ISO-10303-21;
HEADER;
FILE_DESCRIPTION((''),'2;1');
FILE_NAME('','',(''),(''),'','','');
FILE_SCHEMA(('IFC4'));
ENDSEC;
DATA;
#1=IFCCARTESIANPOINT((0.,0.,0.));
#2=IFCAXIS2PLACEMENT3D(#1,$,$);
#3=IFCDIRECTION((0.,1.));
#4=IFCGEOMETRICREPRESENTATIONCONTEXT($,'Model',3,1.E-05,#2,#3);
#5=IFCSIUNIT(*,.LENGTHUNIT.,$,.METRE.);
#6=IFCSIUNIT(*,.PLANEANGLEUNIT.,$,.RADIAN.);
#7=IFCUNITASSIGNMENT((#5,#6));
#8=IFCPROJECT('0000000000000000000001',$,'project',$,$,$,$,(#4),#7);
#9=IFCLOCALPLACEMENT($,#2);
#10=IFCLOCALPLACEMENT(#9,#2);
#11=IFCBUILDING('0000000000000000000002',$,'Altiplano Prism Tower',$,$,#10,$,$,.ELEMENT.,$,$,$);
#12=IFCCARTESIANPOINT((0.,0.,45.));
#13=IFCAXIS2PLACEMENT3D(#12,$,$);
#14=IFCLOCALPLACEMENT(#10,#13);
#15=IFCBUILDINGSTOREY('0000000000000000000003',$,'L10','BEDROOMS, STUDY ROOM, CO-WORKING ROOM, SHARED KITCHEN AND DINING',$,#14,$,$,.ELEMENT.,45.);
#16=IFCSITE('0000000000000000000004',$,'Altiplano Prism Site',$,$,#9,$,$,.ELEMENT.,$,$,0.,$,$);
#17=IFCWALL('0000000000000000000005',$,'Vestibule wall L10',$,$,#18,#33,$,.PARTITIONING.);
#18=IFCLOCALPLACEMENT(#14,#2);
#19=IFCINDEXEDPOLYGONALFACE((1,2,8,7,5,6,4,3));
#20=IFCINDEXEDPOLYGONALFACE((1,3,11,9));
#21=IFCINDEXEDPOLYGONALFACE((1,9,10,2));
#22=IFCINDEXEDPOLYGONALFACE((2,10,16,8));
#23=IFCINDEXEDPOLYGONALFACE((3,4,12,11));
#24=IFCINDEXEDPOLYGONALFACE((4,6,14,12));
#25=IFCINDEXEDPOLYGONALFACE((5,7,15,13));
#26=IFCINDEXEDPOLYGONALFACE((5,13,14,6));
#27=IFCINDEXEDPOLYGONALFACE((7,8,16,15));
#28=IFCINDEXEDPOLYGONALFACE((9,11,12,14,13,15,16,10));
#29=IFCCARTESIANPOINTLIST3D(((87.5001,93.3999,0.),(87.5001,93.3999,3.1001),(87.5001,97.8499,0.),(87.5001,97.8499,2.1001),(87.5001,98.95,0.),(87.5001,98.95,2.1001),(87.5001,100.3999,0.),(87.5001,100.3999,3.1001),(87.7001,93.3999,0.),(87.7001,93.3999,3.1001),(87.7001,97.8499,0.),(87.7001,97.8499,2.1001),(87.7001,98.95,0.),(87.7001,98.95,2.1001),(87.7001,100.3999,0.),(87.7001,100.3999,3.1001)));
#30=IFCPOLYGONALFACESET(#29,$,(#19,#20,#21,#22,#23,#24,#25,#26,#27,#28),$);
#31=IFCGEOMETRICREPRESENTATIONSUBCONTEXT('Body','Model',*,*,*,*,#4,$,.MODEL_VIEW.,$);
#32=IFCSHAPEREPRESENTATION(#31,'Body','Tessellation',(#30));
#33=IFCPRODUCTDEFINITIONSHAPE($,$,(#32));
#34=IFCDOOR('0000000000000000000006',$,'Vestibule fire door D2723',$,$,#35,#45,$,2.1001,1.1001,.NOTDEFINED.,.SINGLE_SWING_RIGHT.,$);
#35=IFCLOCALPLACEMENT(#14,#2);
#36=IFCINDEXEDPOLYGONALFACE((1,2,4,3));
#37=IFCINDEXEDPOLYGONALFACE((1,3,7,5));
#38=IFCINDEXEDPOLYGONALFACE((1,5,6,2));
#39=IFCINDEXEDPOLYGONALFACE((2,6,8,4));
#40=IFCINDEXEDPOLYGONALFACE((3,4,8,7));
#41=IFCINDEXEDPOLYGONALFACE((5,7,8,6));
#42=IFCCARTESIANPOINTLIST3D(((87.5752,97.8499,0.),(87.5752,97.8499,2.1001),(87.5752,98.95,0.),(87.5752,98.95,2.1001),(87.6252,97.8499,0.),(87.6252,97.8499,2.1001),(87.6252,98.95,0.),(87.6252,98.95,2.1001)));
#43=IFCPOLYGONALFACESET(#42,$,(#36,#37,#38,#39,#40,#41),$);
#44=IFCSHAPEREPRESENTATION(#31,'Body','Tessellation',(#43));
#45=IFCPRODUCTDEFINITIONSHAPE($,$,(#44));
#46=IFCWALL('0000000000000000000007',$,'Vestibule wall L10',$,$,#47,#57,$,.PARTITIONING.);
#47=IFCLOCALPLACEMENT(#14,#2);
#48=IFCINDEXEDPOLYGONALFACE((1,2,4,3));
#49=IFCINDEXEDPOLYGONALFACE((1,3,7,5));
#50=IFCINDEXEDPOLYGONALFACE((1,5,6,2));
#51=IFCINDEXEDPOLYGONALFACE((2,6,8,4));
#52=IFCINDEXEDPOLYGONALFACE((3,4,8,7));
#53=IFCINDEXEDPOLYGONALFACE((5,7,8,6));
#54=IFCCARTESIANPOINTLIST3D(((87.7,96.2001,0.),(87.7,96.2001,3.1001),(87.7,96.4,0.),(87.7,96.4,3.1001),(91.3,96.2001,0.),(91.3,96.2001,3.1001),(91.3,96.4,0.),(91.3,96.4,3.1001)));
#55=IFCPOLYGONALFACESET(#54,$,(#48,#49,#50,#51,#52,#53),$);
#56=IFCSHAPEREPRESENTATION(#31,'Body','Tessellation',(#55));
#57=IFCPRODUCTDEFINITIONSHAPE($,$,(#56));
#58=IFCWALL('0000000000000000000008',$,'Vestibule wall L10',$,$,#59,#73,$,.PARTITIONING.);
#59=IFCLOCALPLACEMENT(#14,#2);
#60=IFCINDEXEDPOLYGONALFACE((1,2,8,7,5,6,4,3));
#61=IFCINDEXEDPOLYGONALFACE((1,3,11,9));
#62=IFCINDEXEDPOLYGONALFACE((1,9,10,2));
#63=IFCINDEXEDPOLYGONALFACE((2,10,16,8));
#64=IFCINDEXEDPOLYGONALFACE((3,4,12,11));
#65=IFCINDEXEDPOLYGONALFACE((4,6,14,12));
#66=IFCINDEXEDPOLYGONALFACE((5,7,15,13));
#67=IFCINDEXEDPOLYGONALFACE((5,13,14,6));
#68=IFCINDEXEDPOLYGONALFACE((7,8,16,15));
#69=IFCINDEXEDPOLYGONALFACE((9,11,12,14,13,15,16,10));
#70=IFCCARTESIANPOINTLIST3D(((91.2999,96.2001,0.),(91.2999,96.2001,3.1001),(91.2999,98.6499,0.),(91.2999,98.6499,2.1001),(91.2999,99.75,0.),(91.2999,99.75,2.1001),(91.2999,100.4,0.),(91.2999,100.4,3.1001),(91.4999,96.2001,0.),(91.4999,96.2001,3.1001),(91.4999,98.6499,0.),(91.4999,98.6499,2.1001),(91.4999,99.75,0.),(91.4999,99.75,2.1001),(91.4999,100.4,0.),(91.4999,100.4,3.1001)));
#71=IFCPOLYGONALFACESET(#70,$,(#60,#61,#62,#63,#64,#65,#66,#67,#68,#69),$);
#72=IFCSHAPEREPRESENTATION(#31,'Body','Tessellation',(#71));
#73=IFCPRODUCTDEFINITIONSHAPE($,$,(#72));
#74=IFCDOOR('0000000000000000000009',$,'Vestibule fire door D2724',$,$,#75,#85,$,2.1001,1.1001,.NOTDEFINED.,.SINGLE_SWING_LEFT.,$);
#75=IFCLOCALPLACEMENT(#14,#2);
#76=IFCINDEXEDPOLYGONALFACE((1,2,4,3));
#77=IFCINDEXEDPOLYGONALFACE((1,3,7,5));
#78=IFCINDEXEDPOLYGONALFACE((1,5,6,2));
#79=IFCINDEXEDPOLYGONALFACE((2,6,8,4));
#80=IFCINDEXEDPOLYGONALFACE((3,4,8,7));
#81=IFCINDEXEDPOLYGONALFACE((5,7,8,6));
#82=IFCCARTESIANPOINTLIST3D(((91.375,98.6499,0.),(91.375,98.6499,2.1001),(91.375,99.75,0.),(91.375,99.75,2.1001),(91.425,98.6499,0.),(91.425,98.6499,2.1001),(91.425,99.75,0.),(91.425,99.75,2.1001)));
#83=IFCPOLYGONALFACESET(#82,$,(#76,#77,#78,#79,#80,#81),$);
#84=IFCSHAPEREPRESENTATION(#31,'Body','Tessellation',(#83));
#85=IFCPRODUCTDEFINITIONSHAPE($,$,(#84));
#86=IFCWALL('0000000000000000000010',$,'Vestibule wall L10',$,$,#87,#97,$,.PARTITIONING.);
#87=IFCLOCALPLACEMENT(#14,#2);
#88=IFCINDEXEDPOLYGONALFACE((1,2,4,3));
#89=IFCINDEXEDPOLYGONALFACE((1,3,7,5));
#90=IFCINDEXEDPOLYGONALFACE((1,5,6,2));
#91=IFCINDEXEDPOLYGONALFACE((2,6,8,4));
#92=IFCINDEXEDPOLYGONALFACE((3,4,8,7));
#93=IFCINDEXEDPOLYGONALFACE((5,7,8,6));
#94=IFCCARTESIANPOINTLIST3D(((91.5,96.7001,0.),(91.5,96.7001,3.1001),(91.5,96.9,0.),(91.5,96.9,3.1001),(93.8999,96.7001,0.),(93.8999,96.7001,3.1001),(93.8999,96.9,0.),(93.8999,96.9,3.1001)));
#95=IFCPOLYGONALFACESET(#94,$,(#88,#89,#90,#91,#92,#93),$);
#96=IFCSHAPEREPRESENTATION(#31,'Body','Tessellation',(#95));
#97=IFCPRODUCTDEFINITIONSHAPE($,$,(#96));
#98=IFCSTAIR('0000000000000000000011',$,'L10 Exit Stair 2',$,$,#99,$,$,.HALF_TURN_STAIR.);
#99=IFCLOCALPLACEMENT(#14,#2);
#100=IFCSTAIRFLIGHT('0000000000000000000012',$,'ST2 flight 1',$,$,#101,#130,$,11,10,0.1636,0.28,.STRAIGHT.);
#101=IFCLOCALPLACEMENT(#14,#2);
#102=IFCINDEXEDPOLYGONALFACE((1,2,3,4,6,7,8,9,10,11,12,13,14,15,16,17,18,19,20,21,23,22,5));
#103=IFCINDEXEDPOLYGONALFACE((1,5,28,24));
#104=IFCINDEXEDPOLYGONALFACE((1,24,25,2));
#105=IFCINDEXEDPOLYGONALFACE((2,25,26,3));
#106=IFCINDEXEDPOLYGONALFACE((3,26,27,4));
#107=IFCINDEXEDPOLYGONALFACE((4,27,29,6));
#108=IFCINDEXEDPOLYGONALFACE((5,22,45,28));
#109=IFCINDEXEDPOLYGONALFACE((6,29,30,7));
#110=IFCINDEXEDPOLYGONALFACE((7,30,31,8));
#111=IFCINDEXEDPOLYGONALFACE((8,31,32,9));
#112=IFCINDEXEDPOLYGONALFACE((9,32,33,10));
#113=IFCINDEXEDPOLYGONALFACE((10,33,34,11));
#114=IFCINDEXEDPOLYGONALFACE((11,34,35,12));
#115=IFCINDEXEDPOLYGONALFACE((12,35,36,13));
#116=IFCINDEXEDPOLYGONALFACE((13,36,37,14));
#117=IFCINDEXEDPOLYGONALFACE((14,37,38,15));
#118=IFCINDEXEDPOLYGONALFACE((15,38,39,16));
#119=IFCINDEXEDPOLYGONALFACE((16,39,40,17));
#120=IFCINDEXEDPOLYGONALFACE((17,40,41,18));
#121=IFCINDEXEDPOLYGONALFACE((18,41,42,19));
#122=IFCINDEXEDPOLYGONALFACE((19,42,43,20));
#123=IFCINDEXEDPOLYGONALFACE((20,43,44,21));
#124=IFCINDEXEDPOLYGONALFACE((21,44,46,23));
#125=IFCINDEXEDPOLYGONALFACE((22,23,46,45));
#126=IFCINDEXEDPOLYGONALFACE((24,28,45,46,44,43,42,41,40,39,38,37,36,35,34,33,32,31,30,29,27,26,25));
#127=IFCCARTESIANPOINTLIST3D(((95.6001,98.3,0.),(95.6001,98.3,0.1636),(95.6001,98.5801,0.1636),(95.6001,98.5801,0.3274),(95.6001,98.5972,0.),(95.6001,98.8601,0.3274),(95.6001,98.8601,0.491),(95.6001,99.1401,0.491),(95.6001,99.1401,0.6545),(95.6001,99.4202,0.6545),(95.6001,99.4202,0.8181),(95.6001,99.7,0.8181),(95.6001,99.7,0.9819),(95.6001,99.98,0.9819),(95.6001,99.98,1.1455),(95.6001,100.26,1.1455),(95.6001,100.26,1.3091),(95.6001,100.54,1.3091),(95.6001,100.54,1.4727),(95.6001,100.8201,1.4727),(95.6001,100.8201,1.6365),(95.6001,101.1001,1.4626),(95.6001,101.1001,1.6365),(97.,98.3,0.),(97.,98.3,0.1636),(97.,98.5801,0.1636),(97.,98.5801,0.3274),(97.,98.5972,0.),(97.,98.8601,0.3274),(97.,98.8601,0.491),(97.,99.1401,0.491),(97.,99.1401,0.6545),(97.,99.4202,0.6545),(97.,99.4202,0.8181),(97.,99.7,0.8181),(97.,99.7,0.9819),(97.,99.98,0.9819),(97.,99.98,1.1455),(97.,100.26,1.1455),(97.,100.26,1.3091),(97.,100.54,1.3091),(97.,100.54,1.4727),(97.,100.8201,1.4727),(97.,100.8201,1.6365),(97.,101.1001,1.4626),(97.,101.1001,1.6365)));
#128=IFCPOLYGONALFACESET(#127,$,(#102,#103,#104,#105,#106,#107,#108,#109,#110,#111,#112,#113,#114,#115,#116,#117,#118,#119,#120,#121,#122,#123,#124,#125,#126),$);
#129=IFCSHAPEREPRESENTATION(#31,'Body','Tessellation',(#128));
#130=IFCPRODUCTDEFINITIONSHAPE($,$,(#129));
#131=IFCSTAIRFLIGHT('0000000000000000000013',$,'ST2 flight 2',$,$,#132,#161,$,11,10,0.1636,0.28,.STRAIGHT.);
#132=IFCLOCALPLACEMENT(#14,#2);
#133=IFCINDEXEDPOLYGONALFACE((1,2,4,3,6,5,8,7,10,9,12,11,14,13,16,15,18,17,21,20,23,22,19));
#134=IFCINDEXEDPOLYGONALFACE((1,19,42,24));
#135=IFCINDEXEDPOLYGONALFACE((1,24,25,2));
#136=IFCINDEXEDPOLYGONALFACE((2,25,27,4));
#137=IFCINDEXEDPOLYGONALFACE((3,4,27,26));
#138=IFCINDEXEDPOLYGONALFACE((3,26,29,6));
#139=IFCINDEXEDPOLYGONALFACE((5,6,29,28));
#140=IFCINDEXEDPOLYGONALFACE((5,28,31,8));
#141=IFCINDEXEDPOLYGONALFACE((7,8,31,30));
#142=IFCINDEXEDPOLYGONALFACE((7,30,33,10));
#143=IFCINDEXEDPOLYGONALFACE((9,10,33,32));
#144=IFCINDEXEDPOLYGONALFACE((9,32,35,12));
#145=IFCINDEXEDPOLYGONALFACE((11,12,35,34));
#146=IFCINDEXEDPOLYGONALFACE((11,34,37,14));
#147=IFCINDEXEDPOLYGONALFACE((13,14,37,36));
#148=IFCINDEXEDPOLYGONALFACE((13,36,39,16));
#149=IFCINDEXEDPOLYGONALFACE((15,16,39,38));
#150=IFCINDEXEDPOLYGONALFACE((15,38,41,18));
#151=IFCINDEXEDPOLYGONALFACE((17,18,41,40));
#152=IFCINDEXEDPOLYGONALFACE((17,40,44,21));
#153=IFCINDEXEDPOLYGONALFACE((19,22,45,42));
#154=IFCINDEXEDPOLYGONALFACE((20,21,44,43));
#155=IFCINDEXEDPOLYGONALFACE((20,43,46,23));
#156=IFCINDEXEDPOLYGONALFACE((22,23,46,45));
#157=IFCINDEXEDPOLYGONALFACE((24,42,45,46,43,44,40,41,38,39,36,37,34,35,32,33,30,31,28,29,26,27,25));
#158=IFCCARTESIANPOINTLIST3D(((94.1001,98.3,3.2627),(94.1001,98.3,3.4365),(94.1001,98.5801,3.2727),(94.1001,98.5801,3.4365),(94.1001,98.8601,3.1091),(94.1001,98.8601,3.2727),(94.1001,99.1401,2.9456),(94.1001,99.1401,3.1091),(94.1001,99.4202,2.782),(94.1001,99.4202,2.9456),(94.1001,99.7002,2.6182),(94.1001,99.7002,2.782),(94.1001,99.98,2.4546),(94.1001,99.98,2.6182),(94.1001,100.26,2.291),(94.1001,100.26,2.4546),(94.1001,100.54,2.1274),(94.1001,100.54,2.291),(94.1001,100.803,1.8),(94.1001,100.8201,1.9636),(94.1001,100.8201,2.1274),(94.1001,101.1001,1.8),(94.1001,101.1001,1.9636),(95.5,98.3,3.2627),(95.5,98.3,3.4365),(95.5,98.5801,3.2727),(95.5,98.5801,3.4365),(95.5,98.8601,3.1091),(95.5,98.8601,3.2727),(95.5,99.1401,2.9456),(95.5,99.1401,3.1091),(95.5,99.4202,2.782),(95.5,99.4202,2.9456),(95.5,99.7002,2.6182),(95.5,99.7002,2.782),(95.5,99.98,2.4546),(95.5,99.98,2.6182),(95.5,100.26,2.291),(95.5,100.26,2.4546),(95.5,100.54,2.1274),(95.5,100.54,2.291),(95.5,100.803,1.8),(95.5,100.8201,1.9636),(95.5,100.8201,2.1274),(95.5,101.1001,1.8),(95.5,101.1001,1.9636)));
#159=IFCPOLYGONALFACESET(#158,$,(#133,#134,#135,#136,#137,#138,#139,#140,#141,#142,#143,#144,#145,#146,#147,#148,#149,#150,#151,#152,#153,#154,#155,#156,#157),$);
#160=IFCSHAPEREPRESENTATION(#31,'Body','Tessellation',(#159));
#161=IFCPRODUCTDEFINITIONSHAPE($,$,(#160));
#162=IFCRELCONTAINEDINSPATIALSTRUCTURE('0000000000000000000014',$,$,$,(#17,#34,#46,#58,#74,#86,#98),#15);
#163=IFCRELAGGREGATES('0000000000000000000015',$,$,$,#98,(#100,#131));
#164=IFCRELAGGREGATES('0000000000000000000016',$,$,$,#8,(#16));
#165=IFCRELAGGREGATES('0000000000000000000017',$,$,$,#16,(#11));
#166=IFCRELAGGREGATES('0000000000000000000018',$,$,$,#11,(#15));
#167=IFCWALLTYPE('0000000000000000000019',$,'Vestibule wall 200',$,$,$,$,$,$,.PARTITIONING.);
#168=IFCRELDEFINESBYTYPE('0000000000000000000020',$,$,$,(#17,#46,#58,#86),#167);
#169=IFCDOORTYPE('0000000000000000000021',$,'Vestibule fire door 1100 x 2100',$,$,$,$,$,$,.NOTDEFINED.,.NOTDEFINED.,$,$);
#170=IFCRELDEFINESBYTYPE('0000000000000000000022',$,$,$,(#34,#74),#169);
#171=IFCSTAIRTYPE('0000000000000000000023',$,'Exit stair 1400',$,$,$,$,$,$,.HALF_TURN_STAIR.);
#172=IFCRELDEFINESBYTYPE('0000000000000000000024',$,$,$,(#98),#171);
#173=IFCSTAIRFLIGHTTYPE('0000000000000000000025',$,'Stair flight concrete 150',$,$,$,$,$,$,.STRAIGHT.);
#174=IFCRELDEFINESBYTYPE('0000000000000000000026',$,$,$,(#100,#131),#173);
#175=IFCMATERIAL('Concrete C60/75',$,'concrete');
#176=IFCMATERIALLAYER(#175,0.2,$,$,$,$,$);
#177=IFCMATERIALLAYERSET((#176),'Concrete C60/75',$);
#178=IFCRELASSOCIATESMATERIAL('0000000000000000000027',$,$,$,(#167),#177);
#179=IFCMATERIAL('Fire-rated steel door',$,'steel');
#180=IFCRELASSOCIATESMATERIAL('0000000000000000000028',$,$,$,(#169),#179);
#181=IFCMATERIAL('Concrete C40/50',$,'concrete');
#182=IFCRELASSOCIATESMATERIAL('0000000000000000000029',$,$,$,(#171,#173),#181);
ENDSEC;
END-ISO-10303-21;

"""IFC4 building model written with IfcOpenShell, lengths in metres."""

from ifc_helpers import new_model, si_unit, direction, frame, frame_2d, origin, place, context, subcontext, project, spatial, polyline, rectangle, outline, extrude, material, layer, layer_set, type_object, element, fill, aggregate, save


model = new_model("IFC4")

# Units and contexts
model_context = context("Model", 3, precision=1e-05, world=origin(), true_north=direction((0.0, 1.0)))
body_context = subcontext(model_context, "Body", "Model", "MODEL_VIEW")
ifc_project = project(units=[si_unit("LENGTHUNIT", "METRE"), si_unit("PLANEANGLEUNIT", "RADIAN")], contexts=[model_context])

# Site, building, storey
site_placement = place(None, origin())
site = spatial("IfcSite", under=ifc_project, at=site_placement, Name="Altiplano Prism Site", CompositionType="ELEMENT", RefElevation=0.0)
building_placement = place(site_placement, origin())
building = spatial("IfcBuilding", under=site, at=building_placement, Name="Altiplano Prism Tower", CompositionType="ELEMENT")
storey_placement = place(building_placement, frame((0.0, 0.0, 45.0)))
storey = spatial("IfcBuildingStorey", under=building, at=storey_placement, Name="L10", Description="BEDROOMS, STUDY ROOM, CO-WORKING ROOM, SHARED KITCHEN AND DINING", CompositionType="ELEMENT", Elevation=45.0)

# Shared definitions
ifc_material_1 = material(Name="Concrete C60/75", Category="concrete")

# Shared definitions
ifc_material_2 = material(Name="Fire-rated steel door", Category="steel")

# Wall, opening, door
ifc_layer_1 = layer(ifc_material_1, 0.2)
ifc_layer_set_1 = layer_set([ifc_layer_1], Name="Concrete C60/75")
wall_type_1 = type_object("IfcWallType", Name="Vestibule wall 200", PredefinedType="PARTITIONING", material=ifc_layer_set_1)
wall_1_placement = place(storey_placement, frame((87.6001, 93.3999, 0.0), z_axis=(0.0, 0.0, 1.0), x_axis=(0.0, 1.0, 0.0)))
wall_1 = element("IfcWall", 1, at=wall_1_placement, inside=storey, type_object=wall_type_1, Name="Vestibule wall L10", PredefinedType="PARTITIONING", context=body_context, shape_type="SweptSolid", body=[
    extrude(rectangle(XDim=7.0, YDim=0.2, at=frame_2d((3.5, 0.0))), origin(), (0.0, 0.0, 1.0), 3.1001),
])
opening_1_placement = place(wall_1_placement, frame((4.45, 0.0, 0.0)))
opening_1 = element("IfcOpeningElement", 2, at=opening_1_placement, cuts=wall_1, PredefinedType="OPENING", context=body_context, shape_type="SweptSolid", body=[
    extrude(rectangle(XDim=1.1001, YDim=2.1001, at=frame_2d((0.55, 1.05))), frame((0.0, 0.1104, 0.0), z_axis=(0.0, -1.0, 0.0), x_axis=(1.0, 0.0, 0.0)), (0.0, 0.0, 1.0), 0.2209),
])
door_type_1 = type_object("IfcDoorType", Name="Vestibule fire door 1100 x 2100", OperationType="NOTDEFINED", PredefinedType="NOTDEFINED", material=ifc_material_2)
door_1_placement = place(opening_1_placement, origin())
door_1 = element("IfcDoor", 3, at=door_1_placement, inside=storey, type_object=door_type_1, Name="Vestibule fire door D2723", OperationType="SINGLE_SWING_RIGHT", OverallHeight=2.1001, OverallWidth=1.1001, PredefinedType="NOTDEFINED", context=body_context, shape_type="SweptSolid", body=[
    extrude(rectangle(XDim=1.1001, YDim=2.1001, at=frame_2d((0.55, 1.05))), frame((0.0, 0.0249, 0.0), z_axis=(0.0, -1.0, 0.0), x_axis=(1.0, 0.0, 0.0)), (0.0, 0.0, 1.0), 0.05),
])
fill(opening_1, door_1)

# Wall
wall_2_placement = place(storey_placement, frame((87.7, 96.3, 0.0), z_axis=(0.0, 0.0, 1.0), x_axis=(1.0, 0.0, 0.0)))
element("IfcWall", 4, at=wall_2_placement, inside=storey, type_object=wall_type_1, Name="Vestibule wall L10", PredefinedType="PARTITIONING", context=body_context, shape_type="SweptSolid", body=[
    extrude(rectangle(XDim=3.6001, YDim=0.2, at=frame_2d((1.8, 0.0))), origin(), (0.0, 0.0, 1.0), 3.1001),
])

# Wall, opening, door
wall_3_placement = place(storey_placement, frame((91.3999, 96.2, 0.0), z_axis=(0.0, 0.0, 1.0), x_axis=(0.0, 1.0, 0.0)))
wall_3 = element("IfcWall", 5, at=wall_3_placement, inside=storey, type_object=wall_type_1, Name="Vestibule wall L10", PredefinedType="PARTITIONING", context=body_context, shape_type="SweptSolid", body=[
    extrude(rectangle(XDim=4.2, YDim=0.2, at=frame_2d((2.1001, 0.0))), origin(), (0.0, 0.0, 1.0), 3.1001),
])
opening_2_placement = place(wall_3_placement, frame((2.45, 0.0, 0.0)))
opening_2 = element("IfcOpeningElement", 6, at=opening_2_placement, cuts=wall_3, PredefinedType="OPENING", context=body_context, shape_type="SweptSolid", body=[
    extrude(rectangle(XDim=1.1001, YDim=2.1001, at=frame_2d((0.55, 1.05))), frame((0.0, 0.1104, 0.0), z_axis=(0.0, -1.0, 0.0), x_axis=(1.0, 0.0, 0.0)), (0.0, 0.0, 1.0), 0.2209),
])
door_2_placement = place(opening_2_placement, origin())
door_2 = element("IfcDoor", 7, at=door_2_placement, inside=storey, type_object=door_type_1, Name="Vestibule fire door D2724", OperationType="SINGLE_SWING_LEFT", OverallHeight=2.1001, OverallWidth=1.1001, PredefinedType="NOTDEFINED", context=body_context, shape_type="SweptSolid", body=[
    extrude(rectangle(XDim=1.1001, YDim=2.1001, at=frame_2d((0.55, 1.05))), frame((0.0, 0.0249, 0.0), z_axis=(0.0, -1.0, 0.0), x_axis=(1.0, 0.0, 0.0)), (0.0, 0.0, 1.0), 0.05),
])
fill(opening_2, door_2)

# Wall
wall_4_placement = place(storey_placement, frame((91.5, 96.8, 0.0), z_axis=(0.0, 0.0, 1.0), x_axis=(1.0, 0.0, 0.0)))
element("IfcWall", 8, at=wall_4_placement, inside=storey, type_object=wall_type_1, Name="Vestibule wall L10", PredefinedType="PARTITIONING", context=body_context, shape_type="SweptSolid", body=[
    extrude(rectangle(XDim=2.3999, YDim=0.2, at=frame_2d((1.2, 0.0))), origin(), (0.0, 0.0, 1.0), 3.1001),
])

# Stair, stair flights
ifc_material_3 = material(Name="Concrete C40/50", Category="concrete")
stair_type_1 = type_object("IfcStairType", Name="Exit stair 1400", PredefinedType="HALF_TURN_STAIR", material=ifc_material_3)
stair_1_placement = place(storey_placement, origin())
stair_1 = element("IfcStair", 9, at=stair_1_placement, inside=storey, type_object=stair_type_1, Name="L10 Exit Stair 2", PredefinedType="HALF_TURN_STAIR")
stair_flight_type = type_object("IfcStairFlightType", Name="Stair flight concrete 150", PredefinedType="STRAIGHT", material=ifc_material_3)
stair_flight_1_placement = place(storey_placement, frame((96.3, 98.3, 0.0), z_axis=(0.0, 0.0, 1.0), x_axis=(0.0, 1.0, 0.0)))
stair_flight_1 = element("IfcStairFlight", 10, at=stair_flight_1_placement, type_object=stair_flight_type, Name="ST2 flight 1", NumberOfRisers=11, NumberOfTreads=10, PredefinedType="STRAIGHT", RiserHeight=0.1636, TreadLength=0.28, context=body_context, shape_type="SweptSolid", body=[
    extrude(outline(polyline([(0.0, 0.0), (0.0, 0.1636), (0.28, 0.1636), (0.28, 0.3274), (0.5601, 0.3274), (0.5601, 0.491), (0.8401, 0.491), (0.8401, 0.6545), (1.1201, 0.6545), (1.1201, 0.8181), (1.3999, 0.8181), (1.3999, 0.9819), (1.6799, 0.9819), (1.6799, 1.1455), (1.96, 1.1455), (1.96, 1.3091), (2.24, 1.3091), (2.24, 1.4727), (2.52, 1.4727), (2.52, 1.6365), (2.8, 1.6365), (2.8, 1.8), (2.8, 1.4626), (0.2971, 0.0), (0.0, 0.0)])), frame((0.0, 0.7, 0.0), z_axis=(0.0, -1.0, 0.0), x_axis=(1.0, 0.0, 0.0)), (0.0, 0.0, 1.0), 1.3999),
])
stair_flight_2_placement = place(storey_placement, frame((94.8, 101.1001, 1.8), z_axis=(0.0, 0.0, 1.0), x_axis=(0.0, -1.0, 0.0)))
stair_flight_2 = element("IfcStairFlight", 11, at=stair_flight_2_placement, type_object=stair_flight_type, Name="ST2 flight 2", NumberOfRisers=11, NumberOfTreads=10, PredefinedType="STRAIGHT", RiserHeight=0.1636, TreadLength=0.28, context=body_context, shape_type="SweptSolid", body=[
    extrude(outline(polyline([(0.0, 0.0), (0.0, 0.1636), (0.28, 0.1636), (0.28, 0.3274), (0.5601, 0.3274), (0.5601, 0.491), (0.8401, 0.491), (0.8401, 0.6545), (1.1201, 0.6545), (1.1201, 0.8181), (1.3999, 0.8181), (1.3999, 0.9819), (1.6799, 0.9819), (1.6799, 1.1455), (1.96, 1.1455), (1.96, 1.3091), (2.24, 1.3091), (2.24, 1.4727), (2.52, 1.4727), (2.52, 1.6365), (2.8, 1.6365), (2.8, 1.8), (2.8, 1.4626), (0.2971, 0.0), (0.0, 0.0)])), frame((0.0, 0.7, 0.0), z_axis=(0.0, -1.0, 0.0), x_axis=(1.0, 0.0, 0.0)), (0.0, 0.0, 1.0), 1.3999),
])
aggregate(stair_1, [stair_flight_1, stair_flight_2])

save(model, "model.ifc")
